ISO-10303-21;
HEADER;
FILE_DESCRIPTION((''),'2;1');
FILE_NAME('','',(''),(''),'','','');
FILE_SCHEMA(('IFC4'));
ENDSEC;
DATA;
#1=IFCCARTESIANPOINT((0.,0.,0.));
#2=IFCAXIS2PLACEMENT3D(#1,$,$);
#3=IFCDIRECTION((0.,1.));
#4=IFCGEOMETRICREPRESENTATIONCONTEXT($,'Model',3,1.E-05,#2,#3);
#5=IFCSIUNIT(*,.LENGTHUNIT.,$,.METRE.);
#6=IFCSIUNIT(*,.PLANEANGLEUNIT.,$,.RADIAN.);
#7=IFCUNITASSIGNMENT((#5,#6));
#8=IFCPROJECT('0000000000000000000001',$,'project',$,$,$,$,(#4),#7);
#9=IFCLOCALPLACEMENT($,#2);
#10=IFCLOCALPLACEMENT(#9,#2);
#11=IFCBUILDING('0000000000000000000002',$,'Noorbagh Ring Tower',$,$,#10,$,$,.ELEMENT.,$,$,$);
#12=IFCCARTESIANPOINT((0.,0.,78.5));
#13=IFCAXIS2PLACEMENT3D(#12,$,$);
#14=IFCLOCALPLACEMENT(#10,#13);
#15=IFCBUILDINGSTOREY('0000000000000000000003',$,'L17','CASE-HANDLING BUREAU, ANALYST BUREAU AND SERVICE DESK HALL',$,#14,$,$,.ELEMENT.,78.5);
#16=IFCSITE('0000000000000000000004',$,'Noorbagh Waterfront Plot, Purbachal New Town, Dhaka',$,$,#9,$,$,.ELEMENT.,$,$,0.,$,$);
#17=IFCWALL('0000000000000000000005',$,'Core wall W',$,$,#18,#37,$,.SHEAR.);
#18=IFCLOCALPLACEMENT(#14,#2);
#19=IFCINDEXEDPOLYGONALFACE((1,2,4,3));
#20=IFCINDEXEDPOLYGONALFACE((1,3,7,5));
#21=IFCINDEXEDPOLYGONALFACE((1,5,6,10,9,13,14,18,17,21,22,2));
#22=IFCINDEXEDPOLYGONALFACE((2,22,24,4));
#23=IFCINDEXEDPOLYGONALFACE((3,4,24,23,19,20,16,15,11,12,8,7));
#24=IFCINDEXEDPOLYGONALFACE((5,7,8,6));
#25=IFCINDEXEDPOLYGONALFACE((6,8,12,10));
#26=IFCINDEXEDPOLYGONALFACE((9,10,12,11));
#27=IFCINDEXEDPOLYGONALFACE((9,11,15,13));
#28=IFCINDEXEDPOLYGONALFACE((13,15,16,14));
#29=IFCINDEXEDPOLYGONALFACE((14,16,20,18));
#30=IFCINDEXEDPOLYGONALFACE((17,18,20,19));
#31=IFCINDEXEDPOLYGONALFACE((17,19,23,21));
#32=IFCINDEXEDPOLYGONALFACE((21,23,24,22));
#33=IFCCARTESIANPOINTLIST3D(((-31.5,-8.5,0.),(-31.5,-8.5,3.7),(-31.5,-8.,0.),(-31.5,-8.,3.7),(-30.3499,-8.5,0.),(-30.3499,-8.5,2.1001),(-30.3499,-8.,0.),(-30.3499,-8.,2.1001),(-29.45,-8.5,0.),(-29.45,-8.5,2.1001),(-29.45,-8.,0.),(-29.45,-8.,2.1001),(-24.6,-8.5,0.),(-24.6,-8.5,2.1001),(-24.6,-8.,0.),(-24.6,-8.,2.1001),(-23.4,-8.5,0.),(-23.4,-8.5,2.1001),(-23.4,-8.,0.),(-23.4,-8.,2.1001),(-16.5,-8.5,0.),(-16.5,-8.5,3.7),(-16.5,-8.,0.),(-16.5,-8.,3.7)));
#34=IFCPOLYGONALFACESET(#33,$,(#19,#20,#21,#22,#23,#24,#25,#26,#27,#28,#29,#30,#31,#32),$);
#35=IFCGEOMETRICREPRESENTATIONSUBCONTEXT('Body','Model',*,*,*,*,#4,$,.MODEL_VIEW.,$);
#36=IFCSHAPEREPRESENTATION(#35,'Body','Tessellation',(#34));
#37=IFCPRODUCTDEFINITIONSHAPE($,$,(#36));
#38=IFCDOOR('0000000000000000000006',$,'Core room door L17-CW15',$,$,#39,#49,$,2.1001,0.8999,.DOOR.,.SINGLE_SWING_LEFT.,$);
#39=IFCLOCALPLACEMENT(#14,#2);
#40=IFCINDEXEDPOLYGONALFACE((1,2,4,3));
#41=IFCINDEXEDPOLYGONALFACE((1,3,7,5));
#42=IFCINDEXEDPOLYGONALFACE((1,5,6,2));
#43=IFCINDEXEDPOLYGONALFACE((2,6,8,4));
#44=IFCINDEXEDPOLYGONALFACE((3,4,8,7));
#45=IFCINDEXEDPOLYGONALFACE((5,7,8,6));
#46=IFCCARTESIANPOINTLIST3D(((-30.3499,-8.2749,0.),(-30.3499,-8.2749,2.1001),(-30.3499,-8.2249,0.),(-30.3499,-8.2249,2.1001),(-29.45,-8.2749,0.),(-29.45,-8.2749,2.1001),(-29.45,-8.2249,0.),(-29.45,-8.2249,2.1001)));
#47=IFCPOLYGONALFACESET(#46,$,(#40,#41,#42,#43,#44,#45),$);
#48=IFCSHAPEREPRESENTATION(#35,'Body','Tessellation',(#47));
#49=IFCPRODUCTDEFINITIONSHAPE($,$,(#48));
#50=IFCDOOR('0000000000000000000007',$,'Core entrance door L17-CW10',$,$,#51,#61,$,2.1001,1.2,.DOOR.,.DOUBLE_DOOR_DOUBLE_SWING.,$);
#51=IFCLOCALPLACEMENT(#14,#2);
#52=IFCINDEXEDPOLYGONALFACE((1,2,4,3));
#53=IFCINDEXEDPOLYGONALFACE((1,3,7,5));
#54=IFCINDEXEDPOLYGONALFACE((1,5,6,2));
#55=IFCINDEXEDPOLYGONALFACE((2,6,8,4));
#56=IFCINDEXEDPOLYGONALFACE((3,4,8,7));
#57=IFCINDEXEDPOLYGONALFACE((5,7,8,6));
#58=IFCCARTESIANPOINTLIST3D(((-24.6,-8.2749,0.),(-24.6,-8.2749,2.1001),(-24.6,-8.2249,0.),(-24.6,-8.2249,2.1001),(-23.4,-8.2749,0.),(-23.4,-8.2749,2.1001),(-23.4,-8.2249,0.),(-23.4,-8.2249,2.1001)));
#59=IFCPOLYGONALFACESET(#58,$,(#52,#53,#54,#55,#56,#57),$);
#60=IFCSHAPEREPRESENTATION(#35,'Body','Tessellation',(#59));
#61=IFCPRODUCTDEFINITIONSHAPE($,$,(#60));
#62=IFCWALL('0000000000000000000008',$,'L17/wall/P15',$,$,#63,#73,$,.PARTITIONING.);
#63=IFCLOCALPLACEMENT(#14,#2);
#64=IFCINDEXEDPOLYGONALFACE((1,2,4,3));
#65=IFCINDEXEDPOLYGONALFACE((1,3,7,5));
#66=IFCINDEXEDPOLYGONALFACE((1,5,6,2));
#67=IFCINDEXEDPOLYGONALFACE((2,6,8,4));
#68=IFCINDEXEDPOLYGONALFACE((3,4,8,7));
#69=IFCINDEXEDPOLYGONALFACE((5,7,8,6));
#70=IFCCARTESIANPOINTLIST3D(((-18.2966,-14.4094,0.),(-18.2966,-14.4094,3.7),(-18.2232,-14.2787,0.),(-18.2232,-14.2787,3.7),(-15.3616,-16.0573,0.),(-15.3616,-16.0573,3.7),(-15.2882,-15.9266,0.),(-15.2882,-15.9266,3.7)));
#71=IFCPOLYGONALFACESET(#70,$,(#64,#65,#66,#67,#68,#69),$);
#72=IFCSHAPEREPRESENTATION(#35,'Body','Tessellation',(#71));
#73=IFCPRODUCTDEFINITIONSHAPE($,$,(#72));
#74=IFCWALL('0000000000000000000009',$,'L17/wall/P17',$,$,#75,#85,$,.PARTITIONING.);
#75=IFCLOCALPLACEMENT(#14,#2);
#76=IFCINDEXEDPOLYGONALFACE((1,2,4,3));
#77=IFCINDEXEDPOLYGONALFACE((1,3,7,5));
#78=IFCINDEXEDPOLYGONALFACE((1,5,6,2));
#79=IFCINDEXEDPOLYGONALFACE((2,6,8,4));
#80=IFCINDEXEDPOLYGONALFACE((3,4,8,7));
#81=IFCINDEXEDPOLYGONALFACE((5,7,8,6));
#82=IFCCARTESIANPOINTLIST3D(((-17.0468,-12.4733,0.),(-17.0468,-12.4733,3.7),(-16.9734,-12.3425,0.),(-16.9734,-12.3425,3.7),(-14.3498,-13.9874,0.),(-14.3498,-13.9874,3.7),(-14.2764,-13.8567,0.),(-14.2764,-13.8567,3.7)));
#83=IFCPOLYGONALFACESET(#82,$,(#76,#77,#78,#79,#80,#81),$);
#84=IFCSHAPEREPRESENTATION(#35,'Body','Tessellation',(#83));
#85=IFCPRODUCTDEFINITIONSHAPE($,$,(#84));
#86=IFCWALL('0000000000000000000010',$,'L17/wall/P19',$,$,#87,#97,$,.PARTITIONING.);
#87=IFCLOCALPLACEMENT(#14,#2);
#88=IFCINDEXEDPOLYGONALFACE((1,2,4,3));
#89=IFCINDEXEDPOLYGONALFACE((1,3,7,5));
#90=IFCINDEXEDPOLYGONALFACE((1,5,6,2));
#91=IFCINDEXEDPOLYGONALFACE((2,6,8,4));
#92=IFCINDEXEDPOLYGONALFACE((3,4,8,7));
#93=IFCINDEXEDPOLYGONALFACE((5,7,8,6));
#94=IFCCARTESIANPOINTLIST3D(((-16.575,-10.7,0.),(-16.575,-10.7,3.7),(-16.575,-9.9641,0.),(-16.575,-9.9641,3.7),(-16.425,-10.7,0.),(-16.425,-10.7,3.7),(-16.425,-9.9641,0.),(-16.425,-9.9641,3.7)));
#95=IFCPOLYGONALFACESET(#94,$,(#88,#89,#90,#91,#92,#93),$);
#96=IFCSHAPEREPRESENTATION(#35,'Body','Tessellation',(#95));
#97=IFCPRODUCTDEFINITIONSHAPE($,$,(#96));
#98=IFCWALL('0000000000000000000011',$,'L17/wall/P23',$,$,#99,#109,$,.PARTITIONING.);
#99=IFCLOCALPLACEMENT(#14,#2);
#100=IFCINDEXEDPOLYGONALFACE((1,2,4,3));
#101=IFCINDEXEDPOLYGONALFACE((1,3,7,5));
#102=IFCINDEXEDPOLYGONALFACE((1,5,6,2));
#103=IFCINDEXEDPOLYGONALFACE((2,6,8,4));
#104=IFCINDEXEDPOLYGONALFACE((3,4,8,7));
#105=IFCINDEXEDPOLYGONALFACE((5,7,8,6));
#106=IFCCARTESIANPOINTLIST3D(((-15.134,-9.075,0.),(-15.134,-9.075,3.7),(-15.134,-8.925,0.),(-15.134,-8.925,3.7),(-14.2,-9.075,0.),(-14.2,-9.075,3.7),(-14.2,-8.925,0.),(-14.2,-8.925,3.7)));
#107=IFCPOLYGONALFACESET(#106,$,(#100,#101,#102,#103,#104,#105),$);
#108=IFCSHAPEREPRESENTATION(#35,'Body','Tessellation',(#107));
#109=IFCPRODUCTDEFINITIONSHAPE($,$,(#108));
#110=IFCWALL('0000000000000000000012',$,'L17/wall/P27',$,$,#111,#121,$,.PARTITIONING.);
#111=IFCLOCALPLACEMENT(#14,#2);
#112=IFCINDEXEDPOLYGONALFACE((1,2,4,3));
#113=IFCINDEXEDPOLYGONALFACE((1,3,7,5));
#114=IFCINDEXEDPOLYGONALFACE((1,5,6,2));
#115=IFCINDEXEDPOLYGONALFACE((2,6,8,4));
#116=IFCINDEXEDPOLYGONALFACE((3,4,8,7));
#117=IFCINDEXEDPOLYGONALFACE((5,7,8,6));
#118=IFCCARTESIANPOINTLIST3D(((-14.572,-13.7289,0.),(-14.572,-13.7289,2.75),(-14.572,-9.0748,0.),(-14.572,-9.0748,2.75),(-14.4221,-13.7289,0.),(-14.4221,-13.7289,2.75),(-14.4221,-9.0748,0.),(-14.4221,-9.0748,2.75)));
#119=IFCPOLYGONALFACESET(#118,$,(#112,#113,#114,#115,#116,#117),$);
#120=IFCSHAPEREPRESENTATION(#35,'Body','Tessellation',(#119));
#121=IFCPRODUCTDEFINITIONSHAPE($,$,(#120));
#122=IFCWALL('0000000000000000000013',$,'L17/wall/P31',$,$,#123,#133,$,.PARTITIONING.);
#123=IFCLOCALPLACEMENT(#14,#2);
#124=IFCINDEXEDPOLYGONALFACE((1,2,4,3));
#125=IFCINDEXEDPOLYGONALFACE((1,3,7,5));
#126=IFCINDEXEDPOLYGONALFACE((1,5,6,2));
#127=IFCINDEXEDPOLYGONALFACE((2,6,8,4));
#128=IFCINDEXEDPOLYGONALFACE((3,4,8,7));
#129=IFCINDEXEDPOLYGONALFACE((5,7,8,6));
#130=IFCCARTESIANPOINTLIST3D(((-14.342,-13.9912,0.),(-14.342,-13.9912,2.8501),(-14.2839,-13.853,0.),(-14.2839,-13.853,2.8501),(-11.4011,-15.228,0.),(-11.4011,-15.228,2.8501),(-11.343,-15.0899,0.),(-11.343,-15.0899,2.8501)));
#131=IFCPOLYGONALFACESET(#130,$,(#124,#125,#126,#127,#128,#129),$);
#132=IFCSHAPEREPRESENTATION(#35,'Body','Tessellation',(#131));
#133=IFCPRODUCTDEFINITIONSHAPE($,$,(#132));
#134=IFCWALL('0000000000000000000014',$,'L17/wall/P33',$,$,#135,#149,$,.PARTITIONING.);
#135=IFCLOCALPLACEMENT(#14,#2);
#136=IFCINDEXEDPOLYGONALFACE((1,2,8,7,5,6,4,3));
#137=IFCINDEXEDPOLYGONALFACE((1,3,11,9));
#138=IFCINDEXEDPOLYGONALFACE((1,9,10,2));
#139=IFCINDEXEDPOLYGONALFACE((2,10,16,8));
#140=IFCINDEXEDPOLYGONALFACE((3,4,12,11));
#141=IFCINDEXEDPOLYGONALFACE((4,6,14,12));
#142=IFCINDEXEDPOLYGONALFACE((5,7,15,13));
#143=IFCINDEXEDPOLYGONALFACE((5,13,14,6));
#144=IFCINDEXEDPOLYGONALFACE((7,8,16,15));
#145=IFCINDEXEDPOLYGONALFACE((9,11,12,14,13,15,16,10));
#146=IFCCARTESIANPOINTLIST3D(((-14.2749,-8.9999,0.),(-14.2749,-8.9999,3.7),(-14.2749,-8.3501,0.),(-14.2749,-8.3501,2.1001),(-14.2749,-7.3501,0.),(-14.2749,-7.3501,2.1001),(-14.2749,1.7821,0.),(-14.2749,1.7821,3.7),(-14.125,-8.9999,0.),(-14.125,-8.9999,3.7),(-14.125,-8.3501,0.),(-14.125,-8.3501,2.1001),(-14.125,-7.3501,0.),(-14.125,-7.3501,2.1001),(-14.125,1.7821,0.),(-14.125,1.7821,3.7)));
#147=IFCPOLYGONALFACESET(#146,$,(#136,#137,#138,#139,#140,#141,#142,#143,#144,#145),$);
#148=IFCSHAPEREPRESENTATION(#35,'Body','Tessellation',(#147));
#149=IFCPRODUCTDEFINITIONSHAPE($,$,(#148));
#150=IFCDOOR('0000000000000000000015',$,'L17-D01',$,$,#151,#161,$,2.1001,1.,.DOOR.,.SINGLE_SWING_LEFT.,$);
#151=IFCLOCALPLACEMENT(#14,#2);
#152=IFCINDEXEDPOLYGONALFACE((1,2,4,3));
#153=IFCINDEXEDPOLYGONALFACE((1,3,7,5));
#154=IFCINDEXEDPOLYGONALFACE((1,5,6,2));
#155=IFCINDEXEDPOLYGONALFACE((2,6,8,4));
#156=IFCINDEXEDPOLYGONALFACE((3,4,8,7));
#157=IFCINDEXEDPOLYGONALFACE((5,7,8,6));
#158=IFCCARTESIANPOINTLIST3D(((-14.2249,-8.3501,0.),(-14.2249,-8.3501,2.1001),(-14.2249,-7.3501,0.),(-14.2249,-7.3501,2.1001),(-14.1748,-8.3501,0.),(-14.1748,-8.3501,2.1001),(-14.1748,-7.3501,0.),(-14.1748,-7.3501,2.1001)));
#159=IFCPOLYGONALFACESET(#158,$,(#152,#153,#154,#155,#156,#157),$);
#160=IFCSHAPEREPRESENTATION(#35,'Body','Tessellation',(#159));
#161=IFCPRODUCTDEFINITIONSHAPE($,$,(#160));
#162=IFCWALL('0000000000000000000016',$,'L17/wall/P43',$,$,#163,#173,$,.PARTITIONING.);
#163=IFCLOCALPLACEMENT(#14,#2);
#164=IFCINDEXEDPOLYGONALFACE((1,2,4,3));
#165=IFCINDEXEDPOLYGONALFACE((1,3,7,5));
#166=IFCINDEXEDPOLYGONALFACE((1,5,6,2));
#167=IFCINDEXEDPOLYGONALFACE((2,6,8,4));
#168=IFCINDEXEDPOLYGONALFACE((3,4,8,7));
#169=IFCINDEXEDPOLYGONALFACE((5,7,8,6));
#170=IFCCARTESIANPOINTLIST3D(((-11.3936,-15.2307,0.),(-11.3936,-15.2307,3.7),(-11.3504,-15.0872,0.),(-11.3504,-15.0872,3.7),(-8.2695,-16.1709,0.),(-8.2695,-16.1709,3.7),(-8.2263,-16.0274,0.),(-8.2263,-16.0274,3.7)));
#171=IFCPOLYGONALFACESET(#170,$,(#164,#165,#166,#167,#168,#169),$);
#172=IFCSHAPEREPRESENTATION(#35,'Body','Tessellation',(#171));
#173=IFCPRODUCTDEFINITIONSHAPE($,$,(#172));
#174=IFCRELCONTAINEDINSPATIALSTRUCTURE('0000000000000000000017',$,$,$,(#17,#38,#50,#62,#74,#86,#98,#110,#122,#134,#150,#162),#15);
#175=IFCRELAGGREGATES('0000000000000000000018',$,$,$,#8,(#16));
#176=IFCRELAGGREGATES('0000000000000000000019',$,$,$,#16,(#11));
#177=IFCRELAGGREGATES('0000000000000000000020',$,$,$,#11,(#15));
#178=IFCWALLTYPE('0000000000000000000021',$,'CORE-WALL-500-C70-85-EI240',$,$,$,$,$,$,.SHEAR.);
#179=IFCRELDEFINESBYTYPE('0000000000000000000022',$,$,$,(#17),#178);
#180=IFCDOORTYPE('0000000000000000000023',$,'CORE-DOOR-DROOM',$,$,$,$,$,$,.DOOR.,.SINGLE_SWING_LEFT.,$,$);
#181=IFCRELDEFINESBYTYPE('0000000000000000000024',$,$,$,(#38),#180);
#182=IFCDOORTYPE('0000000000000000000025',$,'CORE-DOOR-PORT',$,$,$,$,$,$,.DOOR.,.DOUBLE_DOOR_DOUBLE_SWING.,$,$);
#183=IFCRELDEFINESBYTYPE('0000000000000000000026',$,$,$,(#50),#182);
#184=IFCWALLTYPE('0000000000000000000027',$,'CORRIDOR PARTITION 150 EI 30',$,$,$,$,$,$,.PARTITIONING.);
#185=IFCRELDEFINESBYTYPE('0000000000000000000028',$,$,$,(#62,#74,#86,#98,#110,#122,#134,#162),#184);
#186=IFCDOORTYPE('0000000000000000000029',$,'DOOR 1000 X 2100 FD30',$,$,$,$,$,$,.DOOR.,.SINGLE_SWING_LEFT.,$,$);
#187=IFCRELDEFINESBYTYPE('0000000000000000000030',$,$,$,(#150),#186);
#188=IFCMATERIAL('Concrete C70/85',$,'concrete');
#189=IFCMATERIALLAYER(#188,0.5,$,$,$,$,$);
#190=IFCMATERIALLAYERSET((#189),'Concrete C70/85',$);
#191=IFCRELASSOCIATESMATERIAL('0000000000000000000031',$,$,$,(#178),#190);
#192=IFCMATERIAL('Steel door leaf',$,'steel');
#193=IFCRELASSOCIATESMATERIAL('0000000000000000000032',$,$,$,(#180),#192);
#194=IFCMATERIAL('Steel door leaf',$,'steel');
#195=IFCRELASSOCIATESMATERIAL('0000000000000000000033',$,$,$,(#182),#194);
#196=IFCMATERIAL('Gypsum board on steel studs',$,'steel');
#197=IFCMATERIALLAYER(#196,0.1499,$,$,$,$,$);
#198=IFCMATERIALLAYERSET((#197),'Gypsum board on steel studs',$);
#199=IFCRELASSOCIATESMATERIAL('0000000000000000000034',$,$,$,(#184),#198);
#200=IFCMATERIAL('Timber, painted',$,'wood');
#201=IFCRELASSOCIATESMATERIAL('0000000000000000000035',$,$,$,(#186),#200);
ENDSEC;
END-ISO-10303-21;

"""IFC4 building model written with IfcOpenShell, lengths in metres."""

from ifc_helpers import new_model, si_unit, direction, frame, frame_2d, origin, place, context, subcontext, project, spatial, rectangle, extrude, material, layer, layer_set, type_object, element, fill, save


model = new_model("IFC4")

# Units and contexts
model_context = context("Model", 3, precision=1e-05, world=origin(), true_north=direction((0.0, 1.0)))
body_context = subcontext(model_context, "Body", "Model", "MODEL_VIEW")
ifc_project = project(units=[si_unit("LENGTHUNIT", "METRE"), si_unit("PLANEANGLEUNIT", "RADIAN")], contexts=[model_context])

# Site, building, storey
site_placement = place(None, origin())
site = spatial("IfcSite", under=ifc_project, at=site_placement, Name="Noorbagh Waterfront Plot, Purbachal New Town, Dhaka", CompositionType="ELEMENT", RefElevation=0.0)
building_placement = place(site_placement, origin())
building = spatial("IfcBuilding", under=site, at=building_placement, Name="Noorbagh Ring Tower", CompositionType="ELEMENT")
storey_placement = place(building_placement, frame((0.0, 0.0, 78.5)))
storey = spatial("IfcBuildingStorey", under=building, at=storey_placement, Name="L17", Description="CASE-HANDLING BUREAU, ANALYST BUREAU AND SERVICE DESK HALL", CompositionType="ELEMENT", Elevation=78.5)

# Wall, openings, doors
ifc_material_1 = material(Name="Concrete C70/85", Category="concrete")
ifc_layer_1 = layer(ifc_material_1, 0.5)
ifc_layer_set_1 = layer_set([ifc_layer_1], Name="Concrete C70/85")
wall_type_1 = type_object("IfcWallType", Name="CORE-WALL-500-C70-85-EI240", PredefinedType="SHEAR", material=ifc_layer_set_1)
wall_1_placement = place(storey_placement, frame((-16.5, -8.25, 0.0), z_axis=(0.0, 0.0, 1.0), x_axis=(-1.0, 0.0, 0.0)))
wall_1 = element("IfcWall", 1, at=wall_1_placement, inside=storey, type_object=wall_type_1, Name="Core wall W", PredefinedType="SHEAR", context=body_context, shape_type="SweptSolid", body=[
    extrude(rectangle(XDim=15.0, YDim=0.5, at=frame_2d((7.5, 0.0))), origin(), (0.0, 0.0, 1.0), 3.7),
])
opening_1_placement = place(wall_1_placement, frame((6.8999, 0.0, 0.0)))
opening_1 = element("IfcOpeningElement", 2, at=opening_1_placement, cuts=wall_1, PredefinedType="OPENING", context=body_context, shape_type="SweptSolid", body=[
    extrude(rectangle(XDim=1.2, YDim=2.1001, at=frame_2d((0.6001, 1.05))), frame((0.0, 0.26, 0.0), z_axis=(0.0, -1.0, 0.0), x_axis=(1.0, 0.0, 0.0)), (0.0, 0.0, 1.0), 0.52),
])
opening_2_placement = place(wall_1_placement, frame((12.95, 0.0, 0.0)))
opening_2 = element("IfcOpeningElement", 3, at=opening_2_placement, cuts=wall_1, PredefinedType="OPENING", context=body_context, shape_type="SweptSolid", body=[
    extrude(rectangle(XDim=0.8999, YDim=2.1001, at=frame_2d((0.45, 1.05))), frame((0.0, 0.26, 0.0), z_axis=(0.0, -1.0, 0.0), x_axis=(1.0, 0.0, 0.0)), (0.0, 0.0, 1.0), 0.52),
])
ifc_material_2 = material(Name="Steel door leaf", Category="steel")
door_type_1 = type_object("IfcDoorType", Name="CORE-DOOR-DROOM", OperationType="SINGLE_SWING_LEFT", PredefinedType="DOOR", material=ifc_material_2)
door_1_placement = place(opening_2_placement, origin())
door_1 = element("IfcDoor", 4, at=door_1_placement, inside=storey, type_object=door_type_1, Name="Core room door L17-CW15", OperationType="SINGLE_SWING_LEFT", OverallHeight=2.1001, OverallWidth=0.8999, PredefinedType="DOOR", context=body_context, shape_type="SweptSolid", body=[
    extrude(rectangle(XDim=0.8999, YDim=2.1001, at=frame_2d((0.45, 1.05))), frame((0.0, 0.0249, 0.0), z_axis=(0.0, -1.0, 0.0), x_axis=(1.0, 0.0, 0.0)), (0.0, 0.0, 1.0), 0.05),
])
fill(opening_2, door_1)
ifc_material_3 = material(Name="Steel door leaf", Category="steel")
door_type_2 = type_object("IfcDoorType", Name="CORE-DOOR-PORT", OperationType="DOUBLE_DOOR_DOUBLE_SWING", PredefinedType="DOOR", material=ifc_material_3)
door_2_placement = place(opening_1_placement, origin())
door_2 = element("IfcDoor", 5, at=door_2_placement, inside=storey, type_object=door_type_2, Name="Core entrance door L17-CW10", OperationType="DOUBLE_DOOR_DOUBLE_SWING", OverallHeight=2.1001, OverallWidth=1.2, PredefinedType="DOOR", context=body_context, shape_type="SweptSolid", body=[
    extrude(rectangle(XDim=1.2, YDim=2.1001, at=frame_2d((0.6001, 1.05))), frame((0.0, 0.0249, 0.0), z_axis=(0.0, -1.0, 0.0), x_axis=(1.0, 0.0, 0.0)), (0.0, 0.0, 1.0), 0.05),
])
fill(opening_1, door_2)

# Walls
ifc_material_4 = material(Name="Gypsum board on steel studs", Category="steel")
ifc_layer_2 = layer(ifc_material_4, 0.1499)
ifc_layer_set_2 = layer_set([ifc_layer_2], Name="Gypsum board on steel studs")
wall_type_2 = type_object("IfcWallType", Name="CORRIDOR PARTITION 150 EI 30", PredefinedType="PARTITIONING", material=ifc_layer_set_2)
wall_2_placement = place(storey_placement, frame((-18.26, -14.344, 0.0), z_axis=(0.0, 0.0, 1.0), x_axis=(0.871959, -0.489579, 0.0)))
element("IfcWall", 6, at=wall_2_placement, inside=storey, type_object=wall_type_2, Name="L17/wall/P15", PredefinedType="PARTITIONING", context=body_context, shape_type="SweptSolid", body=[
    extrude(rectangle(XDim=3.366, YDim=0.1499, at=frame_2d((1.6831, 0.0))), origin(), (0.0, 0.0, 1.0), 3.7),
])
wall_3_placement = place(storey_placement, frame((-17.01, -12.408, 0.0), z_axis=(0.0, 0.0, 1.0), x_axis=(0.871978, -0.489545, 0.0)))
element("IfcWall", 7, at=wall_3_placement, inside=storey, type_object=wall_type_2, Name="L17/wall/P17", PredefinedType="PARTITIONING", context=body_context, shape_type="SweptSolid", body=[
    extrude(rectangle(XDim=3.093, YDim=0.1499, at=frame_2d((1.5464, 0.0))), origin(), (0.0, 0.0, 1.0), 3.7),
])
wall_4_placement = place(storey_placement, frame((-16.5, -10.7, 0.0), z_axis=(0.0, 0.0, 1.0), x_axis=(0.0, 1.0, 0.0)))
element("IfcWall", 8, at=wall_4_placement, inside=storey, type_object=wall_type_2, Name="L17/wall/P19", PredefinedType="PARTITIONING", context=body_context, shape_type="SweptSolid", body=[
    extrude(rectangle(XDim=0.7358, YDim=0.1499, at=frame_2d((0.3679, 0.0))), origin(), (0.0, 0.0, 1.0), 3.7),
])
wall_5_placement = place(storey_placement, frame((-15.134, -9.0, 0.0), z_axis=(0.0, 0.0, 1.0), x_axis=(1.0, 0.0, 0.0)))
element("IfcWall", 9, at=wall_5_placement, inside=storey, type_object=wall_type_2, Name="L17/wall/P23", PredefinedType="PARTITIONING", context=body_context, shape_type="SweptSolid", body=[
    extrude(rectangle(XDim=0.9341, YDim=0.1499, at=frame_2d((0.467, 0.0))), origin(), (0.0, 0.0, 1.0), 3.7),
])
wall_6_placement = place(storey_placement, frame((-14.4971, -13.729, 0.0), z_axis=(0.0, 0.0, 1.0), x_axis=(0.0, 1.0, 0.0)))
element("IfcWall", 10, at=wall_6_placement, inside=storey, type_object=wall_type_2, Name="L17/wall/P27", PredefinedType="PARTITIONING", context=body_context, shape_type="SweptSolid", body=[
    extrude(rectangle(XDim=4.6541, YDim=0.1499, at=frame_2d((2.3271, 0.0))), origin(), (0.0, 0.0, 1.0), 2.75),
])
wall_7_placement = place(storey_placement, frame((-14.313, -13.9221, 0.0), z_axis=(0.0, 0.0, 1.0), x_axis=(0.9218, -0.387667, 0.0)))
element("IfcWall", 11, at=wall_7_placement, inside=storey, type_object=wall_type_2, Name="L17/wall/P31", PredefinedType="PARTITIONING", context=body_context, shape_type="SweptSolid", body=[
    extrude(rectangle(XDim=3.1904, YDim=0.1499, at=frame_2d((1.5952, 0.0))), origin(), (0.0, 0.0, 1.0), 2.8501),
])

# Wall, opening, door
wall_8_placement = place(storey_placement, frame((-14.2, -9.0, 0.0), z_axis=(0.0, 0.0, 1.0), x_axis=(0.0, 1.0, 0.0)))
wall_8 = element("IfcWall", 12, at=wall_8_placement, inside=storey, type_object=wall_type_2, Name="L17/wall/P33", PredefinedType="PARTITIONING", context=body_context, shape_type="SweptSolid", body=[
    extrude(rectangle(XDim=10.782, YDim=0.1499, at=frame_2d((5.3911, 0.0))), origin(), (0.0, 0.0, 1.0), 3.7),
])
opening_3_placement = place(wall_8_placement, frame((0.6499, 0.0, 0.0)))
opening_3 = element("IfcOpeningElement", 13, at=opening_3_placement, cuts=wall_8, PredefinedType="OPENING", context=body_context, shape_type="SweptSolid", body=[
    extrude(rectangle(XDim=1.0, YDim=2.1001, at=frame_2d((0.5, 1.05))), frame((0.0, 0.085, 0.0), z_axis=(0.0, -1.0, 0.0), x_axis=(1.0, 0.0, 0.0)), (0.0, 0.0, 1.0), 0.1699),
])
ifc_material_5 = material(Name="Timber, painted", Category="wood")
door_type_3 = type_object("IfcDoorType", Name="DOOR 1000 X 2100 FD30", OperationType="SINGLE_SWING_LEFT", PredefinedType="DOOR", material=ifc_material_5)
door_3_placement = place(opening_3_placement, origin())
door_3 = element("IfcDoor", 14, at=door_3_placement, inside=storey, type_object=door_type_3, Name="L17-D01", OperationType="SINGLE_SWING_LEFT", OverallHeight=2.1001, OverallWidth=1.0, PredefinedType="DOOR", context=body_context, shape_type="SweptSolid", body=[
    extrude(rectangle(XDim=1.0, YDim=2.1001, at=frame_2d((0.5, 1.05))), frame((0.0, 0.0249, 0.0), z_axis=(0.0, -1.0, 0.0), x_axis=(1.0, 0.0, 0.0)), (0.0, 0.0, 1.0), 0.05),
])
fill(opening_3, door_3)

# Wall
wall_9_placement = place(storey_placement, frame((-11.3721, -15.1589, 0.0), z_axis=(0.0, 0.0, 1.0), x_axis=(0.957575, -0.288185, 0.0)))
element("IfcWall", 15, at=wall_9_placement, inside=storey, type_object=wall_type_2, Name="L17/wall/P43", PredefinedType="PARTITIONING", context=body_context, shape_type="SweptSolid", body=[
    extrude(rectangle(XDim=3.2625, YDim=0.1499, at=frame_2d((1.6313, 0.0))), origin(), (0.0, 0.0, 1.0), 3.7),
])

save(model, "model.ifc")
